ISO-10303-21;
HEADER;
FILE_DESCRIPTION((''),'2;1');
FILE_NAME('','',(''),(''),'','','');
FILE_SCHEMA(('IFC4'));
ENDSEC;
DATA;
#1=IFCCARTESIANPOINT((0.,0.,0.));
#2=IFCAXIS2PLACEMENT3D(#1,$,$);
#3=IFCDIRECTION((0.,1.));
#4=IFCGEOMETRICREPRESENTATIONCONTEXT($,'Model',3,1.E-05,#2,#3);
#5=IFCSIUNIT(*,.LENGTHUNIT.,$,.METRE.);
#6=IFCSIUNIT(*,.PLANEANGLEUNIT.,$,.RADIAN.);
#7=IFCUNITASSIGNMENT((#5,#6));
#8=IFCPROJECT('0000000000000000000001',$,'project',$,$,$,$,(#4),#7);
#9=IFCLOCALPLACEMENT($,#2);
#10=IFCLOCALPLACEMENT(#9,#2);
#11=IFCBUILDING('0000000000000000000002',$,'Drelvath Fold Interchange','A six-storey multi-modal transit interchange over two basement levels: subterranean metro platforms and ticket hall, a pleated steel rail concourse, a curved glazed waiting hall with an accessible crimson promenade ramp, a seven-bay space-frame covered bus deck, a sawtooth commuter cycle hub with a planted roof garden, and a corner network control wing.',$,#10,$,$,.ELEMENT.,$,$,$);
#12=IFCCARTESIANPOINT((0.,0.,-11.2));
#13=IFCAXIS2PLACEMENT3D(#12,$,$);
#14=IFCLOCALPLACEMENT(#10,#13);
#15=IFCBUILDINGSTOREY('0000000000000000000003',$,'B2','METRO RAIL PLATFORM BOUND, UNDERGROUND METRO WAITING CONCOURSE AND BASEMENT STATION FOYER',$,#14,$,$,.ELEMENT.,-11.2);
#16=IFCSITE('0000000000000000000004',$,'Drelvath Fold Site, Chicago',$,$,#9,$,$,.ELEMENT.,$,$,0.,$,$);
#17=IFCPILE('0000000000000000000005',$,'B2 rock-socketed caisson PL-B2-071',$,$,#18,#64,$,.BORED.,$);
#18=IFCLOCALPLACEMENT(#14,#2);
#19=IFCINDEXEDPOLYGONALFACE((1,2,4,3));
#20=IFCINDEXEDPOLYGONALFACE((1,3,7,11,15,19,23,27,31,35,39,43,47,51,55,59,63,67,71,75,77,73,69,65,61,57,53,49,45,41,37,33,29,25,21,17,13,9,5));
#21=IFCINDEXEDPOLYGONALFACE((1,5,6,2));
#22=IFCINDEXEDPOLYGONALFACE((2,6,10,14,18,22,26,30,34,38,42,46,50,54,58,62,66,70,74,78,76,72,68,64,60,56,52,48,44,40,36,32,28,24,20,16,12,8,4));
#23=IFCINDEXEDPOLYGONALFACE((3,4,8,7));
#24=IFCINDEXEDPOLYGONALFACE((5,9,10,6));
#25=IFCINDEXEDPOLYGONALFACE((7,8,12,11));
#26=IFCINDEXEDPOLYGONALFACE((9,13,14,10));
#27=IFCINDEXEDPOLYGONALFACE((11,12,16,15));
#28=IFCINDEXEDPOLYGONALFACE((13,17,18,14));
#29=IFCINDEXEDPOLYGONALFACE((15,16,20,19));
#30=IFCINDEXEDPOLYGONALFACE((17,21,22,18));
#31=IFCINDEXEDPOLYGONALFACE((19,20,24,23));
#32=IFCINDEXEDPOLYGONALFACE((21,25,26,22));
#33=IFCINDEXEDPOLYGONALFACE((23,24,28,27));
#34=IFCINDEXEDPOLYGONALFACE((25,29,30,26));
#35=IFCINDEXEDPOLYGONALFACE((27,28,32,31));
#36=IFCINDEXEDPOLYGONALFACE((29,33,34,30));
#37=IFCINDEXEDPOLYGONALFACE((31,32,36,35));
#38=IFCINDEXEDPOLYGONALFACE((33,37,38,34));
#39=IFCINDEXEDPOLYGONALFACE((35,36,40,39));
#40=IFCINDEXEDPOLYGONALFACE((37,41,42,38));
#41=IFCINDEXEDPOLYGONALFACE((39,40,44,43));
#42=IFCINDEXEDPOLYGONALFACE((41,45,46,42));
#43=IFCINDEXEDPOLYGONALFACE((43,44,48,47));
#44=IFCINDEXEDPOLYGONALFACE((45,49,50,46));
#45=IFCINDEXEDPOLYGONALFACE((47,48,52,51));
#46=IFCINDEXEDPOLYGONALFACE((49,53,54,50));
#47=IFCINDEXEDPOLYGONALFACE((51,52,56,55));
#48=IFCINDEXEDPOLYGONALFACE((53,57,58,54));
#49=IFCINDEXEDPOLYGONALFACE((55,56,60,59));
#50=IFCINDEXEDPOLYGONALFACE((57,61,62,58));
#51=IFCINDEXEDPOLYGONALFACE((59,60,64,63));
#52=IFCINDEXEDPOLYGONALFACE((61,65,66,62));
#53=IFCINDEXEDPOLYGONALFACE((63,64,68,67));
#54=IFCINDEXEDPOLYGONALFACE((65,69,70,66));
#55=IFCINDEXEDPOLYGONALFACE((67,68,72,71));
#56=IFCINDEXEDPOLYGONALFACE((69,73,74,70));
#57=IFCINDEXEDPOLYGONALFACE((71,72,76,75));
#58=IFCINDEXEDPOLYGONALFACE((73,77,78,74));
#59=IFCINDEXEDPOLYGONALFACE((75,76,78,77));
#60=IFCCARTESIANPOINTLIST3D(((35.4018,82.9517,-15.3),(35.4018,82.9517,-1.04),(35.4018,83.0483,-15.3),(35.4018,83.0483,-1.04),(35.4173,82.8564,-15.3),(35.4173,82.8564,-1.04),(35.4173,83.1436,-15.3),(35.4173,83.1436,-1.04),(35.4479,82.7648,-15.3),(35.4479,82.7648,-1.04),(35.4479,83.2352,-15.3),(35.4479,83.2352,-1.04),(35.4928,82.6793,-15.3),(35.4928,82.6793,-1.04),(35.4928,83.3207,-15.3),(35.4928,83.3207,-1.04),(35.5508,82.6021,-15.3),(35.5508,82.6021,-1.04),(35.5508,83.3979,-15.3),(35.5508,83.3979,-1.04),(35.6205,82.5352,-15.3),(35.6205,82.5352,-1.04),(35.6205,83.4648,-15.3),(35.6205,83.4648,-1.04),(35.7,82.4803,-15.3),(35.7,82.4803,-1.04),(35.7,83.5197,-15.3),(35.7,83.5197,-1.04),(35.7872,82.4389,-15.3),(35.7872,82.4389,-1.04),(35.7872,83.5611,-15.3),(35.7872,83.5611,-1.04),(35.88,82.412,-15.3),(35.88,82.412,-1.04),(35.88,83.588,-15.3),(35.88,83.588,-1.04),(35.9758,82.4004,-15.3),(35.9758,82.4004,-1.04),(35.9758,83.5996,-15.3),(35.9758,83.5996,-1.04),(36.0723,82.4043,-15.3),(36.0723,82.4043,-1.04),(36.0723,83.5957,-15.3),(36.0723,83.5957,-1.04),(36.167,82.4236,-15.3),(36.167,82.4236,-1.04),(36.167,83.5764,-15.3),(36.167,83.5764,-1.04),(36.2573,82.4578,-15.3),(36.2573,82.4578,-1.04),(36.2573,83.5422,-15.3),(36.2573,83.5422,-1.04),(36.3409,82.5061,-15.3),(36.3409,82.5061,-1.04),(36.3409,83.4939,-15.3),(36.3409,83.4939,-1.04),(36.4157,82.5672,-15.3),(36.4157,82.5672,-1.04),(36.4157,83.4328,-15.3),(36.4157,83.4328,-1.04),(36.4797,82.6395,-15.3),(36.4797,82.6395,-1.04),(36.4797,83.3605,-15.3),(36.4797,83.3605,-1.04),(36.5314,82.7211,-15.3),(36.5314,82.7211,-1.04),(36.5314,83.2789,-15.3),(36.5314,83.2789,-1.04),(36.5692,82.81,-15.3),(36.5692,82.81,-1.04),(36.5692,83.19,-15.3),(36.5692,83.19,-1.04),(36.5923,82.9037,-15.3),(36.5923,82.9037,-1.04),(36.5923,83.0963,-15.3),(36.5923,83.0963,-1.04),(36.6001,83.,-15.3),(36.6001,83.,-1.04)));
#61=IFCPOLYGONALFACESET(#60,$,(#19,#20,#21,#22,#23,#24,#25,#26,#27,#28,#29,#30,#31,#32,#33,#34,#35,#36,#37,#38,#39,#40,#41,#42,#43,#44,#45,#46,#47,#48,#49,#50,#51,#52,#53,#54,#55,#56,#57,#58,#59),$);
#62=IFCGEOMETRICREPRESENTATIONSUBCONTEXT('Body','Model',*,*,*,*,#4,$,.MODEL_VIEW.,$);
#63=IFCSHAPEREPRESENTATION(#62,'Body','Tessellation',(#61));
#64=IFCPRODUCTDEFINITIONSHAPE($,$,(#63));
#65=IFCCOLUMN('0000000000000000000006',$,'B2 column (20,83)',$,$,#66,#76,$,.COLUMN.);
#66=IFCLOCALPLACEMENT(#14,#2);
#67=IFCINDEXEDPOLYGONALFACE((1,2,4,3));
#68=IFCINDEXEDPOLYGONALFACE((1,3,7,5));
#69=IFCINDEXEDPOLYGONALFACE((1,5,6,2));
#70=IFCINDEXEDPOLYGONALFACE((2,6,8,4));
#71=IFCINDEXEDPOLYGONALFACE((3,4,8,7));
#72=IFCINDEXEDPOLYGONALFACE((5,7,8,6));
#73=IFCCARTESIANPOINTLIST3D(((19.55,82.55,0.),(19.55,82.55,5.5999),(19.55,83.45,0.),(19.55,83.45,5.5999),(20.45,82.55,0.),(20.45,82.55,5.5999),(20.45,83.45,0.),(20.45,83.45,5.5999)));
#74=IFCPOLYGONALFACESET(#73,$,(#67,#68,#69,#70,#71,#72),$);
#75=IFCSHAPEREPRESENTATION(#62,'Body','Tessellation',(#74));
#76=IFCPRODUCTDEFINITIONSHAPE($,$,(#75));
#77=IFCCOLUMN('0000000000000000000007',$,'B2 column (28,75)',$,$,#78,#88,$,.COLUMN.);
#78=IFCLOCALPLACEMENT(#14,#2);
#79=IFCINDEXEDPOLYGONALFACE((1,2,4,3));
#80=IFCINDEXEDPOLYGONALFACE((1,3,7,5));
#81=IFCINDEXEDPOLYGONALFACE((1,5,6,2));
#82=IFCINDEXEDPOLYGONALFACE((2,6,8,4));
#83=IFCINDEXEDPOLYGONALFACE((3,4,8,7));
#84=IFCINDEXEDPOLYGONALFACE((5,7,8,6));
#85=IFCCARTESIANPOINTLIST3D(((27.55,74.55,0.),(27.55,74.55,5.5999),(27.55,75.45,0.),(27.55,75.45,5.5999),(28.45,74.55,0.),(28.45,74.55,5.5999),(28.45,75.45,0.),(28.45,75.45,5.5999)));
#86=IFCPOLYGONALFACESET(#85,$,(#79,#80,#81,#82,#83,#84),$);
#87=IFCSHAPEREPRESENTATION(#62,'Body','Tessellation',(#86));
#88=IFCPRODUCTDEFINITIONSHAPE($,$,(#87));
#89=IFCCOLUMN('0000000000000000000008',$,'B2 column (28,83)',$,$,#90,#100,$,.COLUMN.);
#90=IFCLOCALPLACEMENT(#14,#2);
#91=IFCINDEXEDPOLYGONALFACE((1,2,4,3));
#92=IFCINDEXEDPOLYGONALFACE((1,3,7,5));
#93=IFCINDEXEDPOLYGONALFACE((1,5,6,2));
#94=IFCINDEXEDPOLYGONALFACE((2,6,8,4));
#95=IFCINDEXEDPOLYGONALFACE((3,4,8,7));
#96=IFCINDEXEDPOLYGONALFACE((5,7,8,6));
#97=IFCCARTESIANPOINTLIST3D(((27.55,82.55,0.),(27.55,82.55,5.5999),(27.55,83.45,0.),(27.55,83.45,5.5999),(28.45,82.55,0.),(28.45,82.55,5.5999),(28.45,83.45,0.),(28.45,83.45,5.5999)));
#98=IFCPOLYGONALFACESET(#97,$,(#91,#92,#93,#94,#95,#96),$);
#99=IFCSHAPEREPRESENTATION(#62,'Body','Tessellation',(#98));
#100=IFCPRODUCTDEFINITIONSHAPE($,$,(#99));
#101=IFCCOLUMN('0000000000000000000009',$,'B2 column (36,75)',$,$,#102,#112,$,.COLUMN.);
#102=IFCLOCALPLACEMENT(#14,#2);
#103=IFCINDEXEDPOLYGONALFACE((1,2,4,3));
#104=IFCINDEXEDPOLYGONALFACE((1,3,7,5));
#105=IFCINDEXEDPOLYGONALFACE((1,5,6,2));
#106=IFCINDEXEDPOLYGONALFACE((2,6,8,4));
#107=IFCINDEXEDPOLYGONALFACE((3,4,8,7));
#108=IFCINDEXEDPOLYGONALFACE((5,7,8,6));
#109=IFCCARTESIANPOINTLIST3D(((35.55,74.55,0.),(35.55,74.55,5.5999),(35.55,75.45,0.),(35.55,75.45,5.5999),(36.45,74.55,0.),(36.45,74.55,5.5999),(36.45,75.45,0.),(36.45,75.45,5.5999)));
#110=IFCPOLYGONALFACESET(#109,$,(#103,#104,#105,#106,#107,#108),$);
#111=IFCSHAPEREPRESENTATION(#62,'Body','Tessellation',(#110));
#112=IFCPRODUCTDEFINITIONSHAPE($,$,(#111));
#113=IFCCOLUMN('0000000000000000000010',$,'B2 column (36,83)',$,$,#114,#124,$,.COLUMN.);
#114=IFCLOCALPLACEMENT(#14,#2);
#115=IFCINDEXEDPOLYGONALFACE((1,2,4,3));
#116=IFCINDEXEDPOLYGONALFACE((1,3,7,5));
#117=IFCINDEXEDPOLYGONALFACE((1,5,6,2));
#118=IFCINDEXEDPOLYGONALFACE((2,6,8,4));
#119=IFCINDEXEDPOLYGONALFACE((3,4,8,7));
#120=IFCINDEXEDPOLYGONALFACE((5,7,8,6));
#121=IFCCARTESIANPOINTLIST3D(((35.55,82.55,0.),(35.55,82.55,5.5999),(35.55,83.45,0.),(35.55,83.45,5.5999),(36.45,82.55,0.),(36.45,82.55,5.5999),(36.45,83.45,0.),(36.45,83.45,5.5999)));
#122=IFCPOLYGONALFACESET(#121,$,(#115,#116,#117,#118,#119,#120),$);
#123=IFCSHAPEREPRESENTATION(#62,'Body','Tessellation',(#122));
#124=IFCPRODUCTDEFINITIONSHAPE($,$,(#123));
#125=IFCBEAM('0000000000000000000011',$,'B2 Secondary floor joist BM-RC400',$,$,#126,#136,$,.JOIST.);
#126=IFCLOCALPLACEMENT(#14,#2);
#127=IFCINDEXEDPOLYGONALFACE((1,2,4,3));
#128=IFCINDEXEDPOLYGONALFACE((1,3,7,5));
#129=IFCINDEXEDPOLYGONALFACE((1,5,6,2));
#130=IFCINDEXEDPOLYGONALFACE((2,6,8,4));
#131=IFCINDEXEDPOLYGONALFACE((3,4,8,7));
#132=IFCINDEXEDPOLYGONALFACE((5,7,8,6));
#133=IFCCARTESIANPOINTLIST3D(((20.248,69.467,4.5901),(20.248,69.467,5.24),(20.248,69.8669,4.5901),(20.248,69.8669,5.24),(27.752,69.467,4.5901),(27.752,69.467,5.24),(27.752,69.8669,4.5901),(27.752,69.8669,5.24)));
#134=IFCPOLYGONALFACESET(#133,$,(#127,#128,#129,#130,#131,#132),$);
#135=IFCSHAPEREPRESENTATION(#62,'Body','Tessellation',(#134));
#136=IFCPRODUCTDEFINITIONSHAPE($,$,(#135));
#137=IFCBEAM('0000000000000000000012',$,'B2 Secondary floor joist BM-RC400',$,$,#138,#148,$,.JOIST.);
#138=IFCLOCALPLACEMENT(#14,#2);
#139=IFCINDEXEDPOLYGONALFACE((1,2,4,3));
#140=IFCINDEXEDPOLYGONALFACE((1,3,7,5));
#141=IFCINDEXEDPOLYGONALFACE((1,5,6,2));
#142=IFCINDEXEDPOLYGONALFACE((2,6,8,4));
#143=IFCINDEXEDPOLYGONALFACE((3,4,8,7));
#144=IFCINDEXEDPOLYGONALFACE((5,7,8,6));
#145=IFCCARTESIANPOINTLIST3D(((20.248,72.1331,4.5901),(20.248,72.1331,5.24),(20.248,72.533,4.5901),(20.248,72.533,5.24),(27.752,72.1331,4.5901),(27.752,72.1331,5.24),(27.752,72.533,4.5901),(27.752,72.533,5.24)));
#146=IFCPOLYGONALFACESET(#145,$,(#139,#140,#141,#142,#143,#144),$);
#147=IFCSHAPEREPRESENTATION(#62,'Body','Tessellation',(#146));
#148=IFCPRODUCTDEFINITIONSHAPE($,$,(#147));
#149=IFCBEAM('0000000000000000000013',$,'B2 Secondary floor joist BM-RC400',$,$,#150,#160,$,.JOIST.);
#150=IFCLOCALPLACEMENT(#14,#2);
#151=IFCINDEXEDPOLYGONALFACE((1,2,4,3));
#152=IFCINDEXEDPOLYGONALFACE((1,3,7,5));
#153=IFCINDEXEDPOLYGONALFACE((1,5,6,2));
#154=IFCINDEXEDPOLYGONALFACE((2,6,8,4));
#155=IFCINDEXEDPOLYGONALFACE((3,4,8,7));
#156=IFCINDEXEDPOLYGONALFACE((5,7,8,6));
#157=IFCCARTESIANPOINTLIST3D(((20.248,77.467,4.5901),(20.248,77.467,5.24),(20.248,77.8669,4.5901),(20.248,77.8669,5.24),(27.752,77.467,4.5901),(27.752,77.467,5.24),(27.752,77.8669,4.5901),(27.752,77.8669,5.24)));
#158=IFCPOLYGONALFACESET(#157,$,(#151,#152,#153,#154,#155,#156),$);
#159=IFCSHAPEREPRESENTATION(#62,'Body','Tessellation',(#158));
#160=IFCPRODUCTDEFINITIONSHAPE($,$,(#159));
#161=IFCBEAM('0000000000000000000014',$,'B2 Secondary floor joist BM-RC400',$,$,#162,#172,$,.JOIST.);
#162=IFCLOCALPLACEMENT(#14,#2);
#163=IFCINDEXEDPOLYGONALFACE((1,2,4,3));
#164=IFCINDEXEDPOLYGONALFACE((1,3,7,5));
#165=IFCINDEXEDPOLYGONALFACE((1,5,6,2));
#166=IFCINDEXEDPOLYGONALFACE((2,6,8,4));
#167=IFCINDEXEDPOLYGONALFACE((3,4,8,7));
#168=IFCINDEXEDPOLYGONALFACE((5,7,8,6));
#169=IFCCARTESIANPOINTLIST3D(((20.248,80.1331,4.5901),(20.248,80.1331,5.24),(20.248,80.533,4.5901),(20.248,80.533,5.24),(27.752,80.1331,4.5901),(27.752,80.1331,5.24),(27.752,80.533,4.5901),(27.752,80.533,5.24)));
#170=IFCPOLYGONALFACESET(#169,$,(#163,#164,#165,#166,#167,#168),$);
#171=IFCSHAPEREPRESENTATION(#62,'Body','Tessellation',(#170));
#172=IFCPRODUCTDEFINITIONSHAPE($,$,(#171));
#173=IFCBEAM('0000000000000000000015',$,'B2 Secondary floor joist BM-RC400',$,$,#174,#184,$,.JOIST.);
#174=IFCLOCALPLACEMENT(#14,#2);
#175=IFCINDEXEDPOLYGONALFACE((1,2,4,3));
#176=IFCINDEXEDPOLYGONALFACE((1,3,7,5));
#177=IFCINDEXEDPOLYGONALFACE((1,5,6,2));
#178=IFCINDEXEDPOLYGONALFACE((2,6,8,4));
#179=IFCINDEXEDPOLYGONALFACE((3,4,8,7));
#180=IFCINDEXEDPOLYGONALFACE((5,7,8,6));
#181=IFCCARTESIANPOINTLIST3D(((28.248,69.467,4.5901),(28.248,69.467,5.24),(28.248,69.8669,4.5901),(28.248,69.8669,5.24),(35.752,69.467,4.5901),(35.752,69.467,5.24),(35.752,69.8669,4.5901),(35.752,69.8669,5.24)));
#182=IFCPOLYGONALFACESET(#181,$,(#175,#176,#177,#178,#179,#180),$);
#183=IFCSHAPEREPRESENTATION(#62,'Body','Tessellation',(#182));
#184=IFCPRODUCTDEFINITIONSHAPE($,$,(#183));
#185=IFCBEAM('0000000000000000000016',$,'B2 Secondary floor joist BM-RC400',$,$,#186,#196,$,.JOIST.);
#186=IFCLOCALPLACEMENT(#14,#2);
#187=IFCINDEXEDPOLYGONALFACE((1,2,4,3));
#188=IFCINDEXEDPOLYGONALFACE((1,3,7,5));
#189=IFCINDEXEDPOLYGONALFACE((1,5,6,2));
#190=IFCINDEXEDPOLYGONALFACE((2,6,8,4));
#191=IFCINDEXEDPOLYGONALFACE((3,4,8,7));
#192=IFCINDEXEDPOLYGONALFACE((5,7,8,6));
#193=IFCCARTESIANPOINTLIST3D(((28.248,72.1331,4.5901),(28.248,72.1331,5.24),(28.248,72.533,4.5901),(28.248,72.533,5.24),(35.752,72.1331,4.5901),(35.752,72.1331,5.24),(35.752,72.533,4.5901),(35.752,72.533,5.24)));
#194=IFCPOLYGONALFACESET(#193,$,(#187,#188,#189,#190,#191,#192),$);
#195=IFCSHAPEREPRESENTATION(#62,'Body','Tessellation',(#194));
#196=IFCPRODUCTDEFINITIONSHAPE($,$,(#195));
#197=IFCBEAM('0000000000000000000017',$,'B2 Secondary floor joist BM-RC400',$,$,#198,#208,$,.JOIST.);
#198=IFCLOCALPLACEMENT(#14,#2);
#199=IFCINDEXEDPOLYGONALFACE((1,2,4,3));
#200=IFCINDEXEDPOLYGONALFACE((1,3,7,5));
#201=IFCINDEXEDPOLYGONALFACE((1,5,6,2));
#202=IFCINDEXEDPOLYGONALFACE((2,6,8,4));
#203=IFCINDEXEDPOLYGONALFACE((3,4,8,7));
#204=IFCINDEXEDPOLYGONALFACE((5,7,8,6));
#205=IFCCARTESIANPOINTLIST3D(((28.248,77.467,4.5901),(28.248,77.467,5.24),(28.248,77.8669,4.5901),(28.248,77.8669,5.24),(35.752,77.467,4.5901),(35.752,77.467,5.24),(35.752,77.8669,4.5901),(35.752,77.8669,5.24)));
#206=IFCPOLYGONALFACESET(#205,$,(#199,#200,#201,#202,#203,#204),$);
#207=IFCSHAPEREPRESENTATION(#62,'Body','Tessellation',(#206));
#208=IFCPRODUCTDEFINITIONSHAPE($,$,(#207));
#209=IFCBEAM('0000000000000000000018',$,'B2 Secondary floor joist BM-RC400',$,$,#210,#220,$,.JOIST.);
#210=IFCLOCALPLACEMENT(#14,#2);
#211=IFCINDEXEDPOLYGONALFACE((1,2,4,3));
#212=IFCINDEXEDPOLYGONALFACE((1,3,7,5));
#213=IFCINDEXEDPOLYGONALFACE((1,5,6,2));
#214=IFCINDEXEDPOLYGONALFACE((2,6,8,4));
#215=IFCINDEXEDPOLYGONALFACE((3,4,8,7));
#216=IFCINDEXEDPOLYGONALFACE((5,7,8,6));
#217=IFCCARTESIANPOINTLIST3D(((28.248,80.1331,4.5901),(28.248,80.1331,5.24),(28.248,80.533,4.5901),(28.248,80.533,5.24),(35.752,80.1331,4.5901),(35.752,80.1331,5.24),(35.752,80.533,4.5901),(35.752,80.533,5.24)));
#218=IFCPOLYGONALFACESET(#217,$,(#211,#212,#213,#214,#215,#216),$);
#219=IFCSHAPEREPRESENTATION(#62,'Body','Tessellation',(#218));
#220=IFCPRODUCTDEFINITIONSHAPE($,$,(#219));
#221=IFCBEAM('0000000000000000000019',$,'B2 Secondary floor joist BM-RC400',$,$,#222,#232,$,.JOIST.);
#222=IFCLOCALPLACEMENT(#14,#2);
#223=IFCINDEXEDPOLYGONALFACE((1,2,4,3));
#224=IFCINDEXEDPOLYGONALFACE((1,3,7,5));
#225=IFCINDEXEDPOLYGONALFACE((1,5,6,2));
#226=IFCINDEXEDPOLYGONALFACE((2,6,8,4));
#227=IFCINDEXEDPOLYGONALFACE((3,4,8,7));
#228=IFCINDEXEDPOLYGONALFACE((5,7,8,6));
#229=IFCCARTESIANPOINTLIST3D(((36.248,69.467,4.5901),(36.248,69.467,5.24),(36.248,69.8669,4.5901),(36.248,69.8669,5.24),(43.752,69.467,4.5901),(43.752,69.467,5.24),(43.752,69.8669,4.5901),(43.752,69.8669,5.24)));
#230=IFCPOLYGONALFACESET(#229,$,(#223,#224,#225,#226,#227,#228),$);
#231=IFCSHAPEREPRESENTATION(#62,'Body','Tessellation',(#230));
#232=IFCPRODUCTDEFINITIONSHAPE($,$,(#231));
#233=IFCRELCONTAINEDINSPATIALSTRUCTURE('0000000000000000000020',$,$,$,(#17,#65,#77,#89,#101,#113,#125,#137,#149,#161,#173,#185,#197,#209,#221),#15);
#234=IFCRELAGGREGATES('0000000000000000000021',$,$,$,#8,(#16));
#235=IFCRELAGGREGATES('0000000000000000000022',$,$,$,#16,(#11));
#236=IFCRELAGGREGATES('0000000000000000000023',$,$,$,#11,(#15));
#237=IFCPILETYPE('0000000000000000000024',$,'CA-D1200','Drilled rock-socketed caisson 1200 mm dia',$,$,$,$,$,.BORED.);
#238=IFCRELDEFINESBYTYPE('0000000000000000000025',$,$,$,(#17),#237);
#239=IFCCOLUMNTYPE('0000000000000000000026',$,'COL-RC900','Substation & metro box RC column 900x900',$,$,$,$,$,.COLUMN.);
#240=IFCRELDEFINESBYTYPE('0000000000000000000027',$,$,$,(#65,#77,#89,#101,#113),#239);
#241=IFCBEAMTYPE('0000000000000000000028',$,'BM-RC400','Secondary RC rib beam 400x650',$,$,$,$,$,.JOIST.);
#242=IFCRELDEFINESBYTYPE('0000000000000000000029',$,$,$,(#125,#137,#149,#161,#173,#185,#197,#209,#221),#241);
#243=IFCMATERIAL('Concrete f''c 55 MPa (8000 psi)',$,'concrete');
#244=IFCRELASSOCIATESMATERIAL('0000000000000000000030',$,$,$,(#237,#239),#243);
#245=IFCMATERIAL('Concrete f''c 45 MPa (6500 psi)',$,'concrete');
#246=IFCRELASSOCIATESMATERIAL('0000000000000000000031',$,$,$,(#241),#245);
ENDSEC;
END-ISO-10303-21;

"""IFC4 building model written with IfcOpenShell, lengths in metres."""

from ifc_helpers import new_model, si_unit, direction, frame, origin, origin_2d, place, context, subcontext, project, spatial, rectangle, circle, extrude, material, material_profile, profile_set, type_object, element, save


model = new_model("IFC4")

# Units and contexts
model_context = context("Model", 3, precision=1e-05, world=origin(), true_north=direction((0.0, 1.0)))
body_context = subcontext(model_context, "Body", "Model", "MODEL_VIEW")
ifc_project = project(units=[si_unit("LENGTHUNIT", "METRE"), si_unit("PLANEANGLEUNIT", "RADIAN")], contexts=[model_context])

# Site, building, storey
site_placement = place(None, origin())
site = spatial("IfcSite", under=ifc_project, at=site_placement, Name="Drelvath Fold Site, Chicago", CompositionType="ELEMENT", RefElevation=0.0)
building_placement = place(site_placement, origin())
building = spatial("IfcBuilding", under=site, at=building_placement, Name="Drelvath Fold Interchange", Description="A six-storey multi-modal transit interchange over two basement levels: subterranean metro platforms and ticket hall, a pleated steel rail concourse, a curved glazed waiting hall with an accessible crimson promenade ramp, a seven-bay space-frame covered bus deck, a sawtooth commuter cycle hub with a planted roof garden, and a corner network control wing.", CompositionType="ELEMENT")
storey_placement = place(building_placement, frame((0.0, 0.0, -11.2)))
storey = spatial("IfcBuildingStorey", under=building, at=storey_placement, Name="B2", Description="METRO RAIL PLATFORM BOUND, UNDERGROUND METRO WAITING CONCOURSE AND BASEMENT STATION FOYER", CompositionType="ELEMENT", Elevation=-11.2)

# Pile
ifc_material_1 = material(Name="Concrete f'c 55 MPa (8000 psi)", Category="concrete")
ifc_material_profile_1 = material_profile(ifc_material_1, circle(Radius=0.6001, at=origin_2d()), Name="CAISSON D1200")
ifc_profile_set_1 = profile_set([ifc_material_profile_1], Name="Concrete f'c 55 MPa (8000 psi)")
pile_type = type_object("IfcPileType", Name="CA-D1200", Description="Drilled rock-socketed caisson 1200 mm dia", PredefinedType="BORED", material=ifc_profile_set_1)
for number, where, z_axis, x_axis, name in (
    (1, (36.0, 83.0, -1.04), (0.0, 0.0, -1.0), (1.0, 0.0, 0.0), "B2 rock-socketed caisson PL-B2-071"),
):
    element("IfcPile", number, at=place(storey_placement, frame(where, z_axis=z_axis, x_axis=x_axis)), inside=storey, type_object=pile_type, Name=name, PredefinedType="BORED", context=body_context, shape_type="SweptSolid", body=[
        extrude(circle(Radius=0.6001, at=origin_2d()), origin(), (0.0, 0.0, 1.0), 14.26),
    ])

# Columns
ifc_material_profile_2 = material_profile(ifc_material_1, rectangle(XDim=0.8999, YDim=0.8999, at=origin_2d()), Name="RC 900x900")
ifc_profile_set_2 = profile_set([ifc_material_profile_2], Name="Concrete f'c 55 MPa (8000 psi)")
column_type = type_object("IfcColumnType", Name="COL-RC900", Description="Substation & metro box RC column 900x900", PredefinedType="COLUMN", material=ifc_profile_set_2)
for number, where, z_axis, x_axis, name in (
    (2, (20.0, 83.0, 0.0), (0.0, 0.0, 1.0), (1.0, 0.0, 0.0), "B2 column (20,83)"),
    (3, (28.0, 75.0, 0.0), (0.0, 0.0, 1.0), (1.0, 0.0, 0.0), "B2 column (28,75)"),
    (4, (28.0, 83.0, 0.0), (0.0, 0.0, 1.0), (1.0, 0.0, 0.0), "B2 column (28,83)"),
    (5, (36.0, 75.0, 0.0), (0.0, 0.0, 1.0), (1.0, 0.0, 0.0), "B2 column (36,75)"),
    (6, (36.0, 83.0, 0.0), (0.0, 0.0, 1.0), (1.0, 0.0, 0.0), "B2 column (36,83)"),
):
    element("IfcColumn", number, at=place(storey_placement, frame(where, z_axis=z_axis, x_axis=x_axis)), inside=storey, type_object=column_type, Name=name, PredefinedType="COLUMN", context=body_context, shape_type="SweptSolid", body=[
        extrude(rectangle(XDim=0.8999, YDim=0.8999, at=origin_2d()), origin(), (0.0, 0.0, 1.0), 5.5999),
    ])

# Beams
ifc_material_2 = material(Name="Concrete f'c 45 MPa (6500 psi)", Category="concrete")
ifc_material_profile_3 = material_profile(ifc_material_2, rectangle(XDim=0.3999, YDim=0.6499, at=origin_2d()), Name="RC 400x650")
ifc_profile_set_3 = profile_set([ifc_material_profile_3], Name="Concrete f'c 45 MPa (6500 psi)")
beam_type_1 = type_object("IfcBeamType", Name="BM-RC400", Description="Secondary RC rib beam 400x650", PredefinedType="JOIST", material=ifc_profile_set_3)
for number, where, z_axis, x_axis, name in (
    (7, (20.248, 69.667, 4.915), (1.0, 0.0, 0.0), (0.0, 1.0, 0.0), "B2 Secondary floor joist BM-RC400"),
    (8, (20.248, 72.333, 4.915), (1.0, 0.0, 0.0), (0.0, 1.0, 0.0), "B2 Secondary floor joist BM-RC400"),
    (9, (20.248, 77.667, 4.915), (1.0, 0.0, 0.0), (0.0, 1.0, 0.0), "B2 Secondary floor joist BM-RC400"),
    (10, (20.248, 80.333, 4.915), (1.0, 0.0, 0.0), (0.0, 1.0, 0.0), "B2 Secondary floor joist BM-RC400"),
    (11, (28.248, 69.667, 4.915), (1.0, 0.0, 0.0), (0.0, 1.0, 0.0), "B2 Secondary floor joist BM-RC400"),
    (12, (28.248, 72.333, 4.915), (1.0, 0.0, 0.0), (0.0, 1.0, 0.0), "B2 Secondary floor joist BM-RC400"),
    (13, (28.248, 77.667, 4.915), (1.0, 0.0, 0.0), (0.0, 1.0, 0.0), "B2 Secondary floor joist BM-RC400"),
    (14, (28.248, 80.333, 4.915), (1.0, 0.0, 0.0), (0.0, 1.0, 0.0), "B2 Secondary floor joist BM-RC400"),
    (15, (36.248, 69.667, 4.915), (1.0, 0.0, 0.0), (0.0, 1.0, 0.0), "B2 Secondary floor joist BM-RC400"),
):
    element("IfcBeam", number, at=place(storey_placement, frame(where, z_axis=z_axis, x_axis=x_axis)), inside=storey, type_object=beam_type_1, Name=name, PredefinedType="JOIST", context=body_context, shape_type="SweptSolid", body=[
        extrude(rectangle(XDim=0.3999, YDim=0.6499, at=origin_2d()), origin(), (0.0, 0.0, 1.0), 7.5039),
    ])

save(model, "model.ifc")
